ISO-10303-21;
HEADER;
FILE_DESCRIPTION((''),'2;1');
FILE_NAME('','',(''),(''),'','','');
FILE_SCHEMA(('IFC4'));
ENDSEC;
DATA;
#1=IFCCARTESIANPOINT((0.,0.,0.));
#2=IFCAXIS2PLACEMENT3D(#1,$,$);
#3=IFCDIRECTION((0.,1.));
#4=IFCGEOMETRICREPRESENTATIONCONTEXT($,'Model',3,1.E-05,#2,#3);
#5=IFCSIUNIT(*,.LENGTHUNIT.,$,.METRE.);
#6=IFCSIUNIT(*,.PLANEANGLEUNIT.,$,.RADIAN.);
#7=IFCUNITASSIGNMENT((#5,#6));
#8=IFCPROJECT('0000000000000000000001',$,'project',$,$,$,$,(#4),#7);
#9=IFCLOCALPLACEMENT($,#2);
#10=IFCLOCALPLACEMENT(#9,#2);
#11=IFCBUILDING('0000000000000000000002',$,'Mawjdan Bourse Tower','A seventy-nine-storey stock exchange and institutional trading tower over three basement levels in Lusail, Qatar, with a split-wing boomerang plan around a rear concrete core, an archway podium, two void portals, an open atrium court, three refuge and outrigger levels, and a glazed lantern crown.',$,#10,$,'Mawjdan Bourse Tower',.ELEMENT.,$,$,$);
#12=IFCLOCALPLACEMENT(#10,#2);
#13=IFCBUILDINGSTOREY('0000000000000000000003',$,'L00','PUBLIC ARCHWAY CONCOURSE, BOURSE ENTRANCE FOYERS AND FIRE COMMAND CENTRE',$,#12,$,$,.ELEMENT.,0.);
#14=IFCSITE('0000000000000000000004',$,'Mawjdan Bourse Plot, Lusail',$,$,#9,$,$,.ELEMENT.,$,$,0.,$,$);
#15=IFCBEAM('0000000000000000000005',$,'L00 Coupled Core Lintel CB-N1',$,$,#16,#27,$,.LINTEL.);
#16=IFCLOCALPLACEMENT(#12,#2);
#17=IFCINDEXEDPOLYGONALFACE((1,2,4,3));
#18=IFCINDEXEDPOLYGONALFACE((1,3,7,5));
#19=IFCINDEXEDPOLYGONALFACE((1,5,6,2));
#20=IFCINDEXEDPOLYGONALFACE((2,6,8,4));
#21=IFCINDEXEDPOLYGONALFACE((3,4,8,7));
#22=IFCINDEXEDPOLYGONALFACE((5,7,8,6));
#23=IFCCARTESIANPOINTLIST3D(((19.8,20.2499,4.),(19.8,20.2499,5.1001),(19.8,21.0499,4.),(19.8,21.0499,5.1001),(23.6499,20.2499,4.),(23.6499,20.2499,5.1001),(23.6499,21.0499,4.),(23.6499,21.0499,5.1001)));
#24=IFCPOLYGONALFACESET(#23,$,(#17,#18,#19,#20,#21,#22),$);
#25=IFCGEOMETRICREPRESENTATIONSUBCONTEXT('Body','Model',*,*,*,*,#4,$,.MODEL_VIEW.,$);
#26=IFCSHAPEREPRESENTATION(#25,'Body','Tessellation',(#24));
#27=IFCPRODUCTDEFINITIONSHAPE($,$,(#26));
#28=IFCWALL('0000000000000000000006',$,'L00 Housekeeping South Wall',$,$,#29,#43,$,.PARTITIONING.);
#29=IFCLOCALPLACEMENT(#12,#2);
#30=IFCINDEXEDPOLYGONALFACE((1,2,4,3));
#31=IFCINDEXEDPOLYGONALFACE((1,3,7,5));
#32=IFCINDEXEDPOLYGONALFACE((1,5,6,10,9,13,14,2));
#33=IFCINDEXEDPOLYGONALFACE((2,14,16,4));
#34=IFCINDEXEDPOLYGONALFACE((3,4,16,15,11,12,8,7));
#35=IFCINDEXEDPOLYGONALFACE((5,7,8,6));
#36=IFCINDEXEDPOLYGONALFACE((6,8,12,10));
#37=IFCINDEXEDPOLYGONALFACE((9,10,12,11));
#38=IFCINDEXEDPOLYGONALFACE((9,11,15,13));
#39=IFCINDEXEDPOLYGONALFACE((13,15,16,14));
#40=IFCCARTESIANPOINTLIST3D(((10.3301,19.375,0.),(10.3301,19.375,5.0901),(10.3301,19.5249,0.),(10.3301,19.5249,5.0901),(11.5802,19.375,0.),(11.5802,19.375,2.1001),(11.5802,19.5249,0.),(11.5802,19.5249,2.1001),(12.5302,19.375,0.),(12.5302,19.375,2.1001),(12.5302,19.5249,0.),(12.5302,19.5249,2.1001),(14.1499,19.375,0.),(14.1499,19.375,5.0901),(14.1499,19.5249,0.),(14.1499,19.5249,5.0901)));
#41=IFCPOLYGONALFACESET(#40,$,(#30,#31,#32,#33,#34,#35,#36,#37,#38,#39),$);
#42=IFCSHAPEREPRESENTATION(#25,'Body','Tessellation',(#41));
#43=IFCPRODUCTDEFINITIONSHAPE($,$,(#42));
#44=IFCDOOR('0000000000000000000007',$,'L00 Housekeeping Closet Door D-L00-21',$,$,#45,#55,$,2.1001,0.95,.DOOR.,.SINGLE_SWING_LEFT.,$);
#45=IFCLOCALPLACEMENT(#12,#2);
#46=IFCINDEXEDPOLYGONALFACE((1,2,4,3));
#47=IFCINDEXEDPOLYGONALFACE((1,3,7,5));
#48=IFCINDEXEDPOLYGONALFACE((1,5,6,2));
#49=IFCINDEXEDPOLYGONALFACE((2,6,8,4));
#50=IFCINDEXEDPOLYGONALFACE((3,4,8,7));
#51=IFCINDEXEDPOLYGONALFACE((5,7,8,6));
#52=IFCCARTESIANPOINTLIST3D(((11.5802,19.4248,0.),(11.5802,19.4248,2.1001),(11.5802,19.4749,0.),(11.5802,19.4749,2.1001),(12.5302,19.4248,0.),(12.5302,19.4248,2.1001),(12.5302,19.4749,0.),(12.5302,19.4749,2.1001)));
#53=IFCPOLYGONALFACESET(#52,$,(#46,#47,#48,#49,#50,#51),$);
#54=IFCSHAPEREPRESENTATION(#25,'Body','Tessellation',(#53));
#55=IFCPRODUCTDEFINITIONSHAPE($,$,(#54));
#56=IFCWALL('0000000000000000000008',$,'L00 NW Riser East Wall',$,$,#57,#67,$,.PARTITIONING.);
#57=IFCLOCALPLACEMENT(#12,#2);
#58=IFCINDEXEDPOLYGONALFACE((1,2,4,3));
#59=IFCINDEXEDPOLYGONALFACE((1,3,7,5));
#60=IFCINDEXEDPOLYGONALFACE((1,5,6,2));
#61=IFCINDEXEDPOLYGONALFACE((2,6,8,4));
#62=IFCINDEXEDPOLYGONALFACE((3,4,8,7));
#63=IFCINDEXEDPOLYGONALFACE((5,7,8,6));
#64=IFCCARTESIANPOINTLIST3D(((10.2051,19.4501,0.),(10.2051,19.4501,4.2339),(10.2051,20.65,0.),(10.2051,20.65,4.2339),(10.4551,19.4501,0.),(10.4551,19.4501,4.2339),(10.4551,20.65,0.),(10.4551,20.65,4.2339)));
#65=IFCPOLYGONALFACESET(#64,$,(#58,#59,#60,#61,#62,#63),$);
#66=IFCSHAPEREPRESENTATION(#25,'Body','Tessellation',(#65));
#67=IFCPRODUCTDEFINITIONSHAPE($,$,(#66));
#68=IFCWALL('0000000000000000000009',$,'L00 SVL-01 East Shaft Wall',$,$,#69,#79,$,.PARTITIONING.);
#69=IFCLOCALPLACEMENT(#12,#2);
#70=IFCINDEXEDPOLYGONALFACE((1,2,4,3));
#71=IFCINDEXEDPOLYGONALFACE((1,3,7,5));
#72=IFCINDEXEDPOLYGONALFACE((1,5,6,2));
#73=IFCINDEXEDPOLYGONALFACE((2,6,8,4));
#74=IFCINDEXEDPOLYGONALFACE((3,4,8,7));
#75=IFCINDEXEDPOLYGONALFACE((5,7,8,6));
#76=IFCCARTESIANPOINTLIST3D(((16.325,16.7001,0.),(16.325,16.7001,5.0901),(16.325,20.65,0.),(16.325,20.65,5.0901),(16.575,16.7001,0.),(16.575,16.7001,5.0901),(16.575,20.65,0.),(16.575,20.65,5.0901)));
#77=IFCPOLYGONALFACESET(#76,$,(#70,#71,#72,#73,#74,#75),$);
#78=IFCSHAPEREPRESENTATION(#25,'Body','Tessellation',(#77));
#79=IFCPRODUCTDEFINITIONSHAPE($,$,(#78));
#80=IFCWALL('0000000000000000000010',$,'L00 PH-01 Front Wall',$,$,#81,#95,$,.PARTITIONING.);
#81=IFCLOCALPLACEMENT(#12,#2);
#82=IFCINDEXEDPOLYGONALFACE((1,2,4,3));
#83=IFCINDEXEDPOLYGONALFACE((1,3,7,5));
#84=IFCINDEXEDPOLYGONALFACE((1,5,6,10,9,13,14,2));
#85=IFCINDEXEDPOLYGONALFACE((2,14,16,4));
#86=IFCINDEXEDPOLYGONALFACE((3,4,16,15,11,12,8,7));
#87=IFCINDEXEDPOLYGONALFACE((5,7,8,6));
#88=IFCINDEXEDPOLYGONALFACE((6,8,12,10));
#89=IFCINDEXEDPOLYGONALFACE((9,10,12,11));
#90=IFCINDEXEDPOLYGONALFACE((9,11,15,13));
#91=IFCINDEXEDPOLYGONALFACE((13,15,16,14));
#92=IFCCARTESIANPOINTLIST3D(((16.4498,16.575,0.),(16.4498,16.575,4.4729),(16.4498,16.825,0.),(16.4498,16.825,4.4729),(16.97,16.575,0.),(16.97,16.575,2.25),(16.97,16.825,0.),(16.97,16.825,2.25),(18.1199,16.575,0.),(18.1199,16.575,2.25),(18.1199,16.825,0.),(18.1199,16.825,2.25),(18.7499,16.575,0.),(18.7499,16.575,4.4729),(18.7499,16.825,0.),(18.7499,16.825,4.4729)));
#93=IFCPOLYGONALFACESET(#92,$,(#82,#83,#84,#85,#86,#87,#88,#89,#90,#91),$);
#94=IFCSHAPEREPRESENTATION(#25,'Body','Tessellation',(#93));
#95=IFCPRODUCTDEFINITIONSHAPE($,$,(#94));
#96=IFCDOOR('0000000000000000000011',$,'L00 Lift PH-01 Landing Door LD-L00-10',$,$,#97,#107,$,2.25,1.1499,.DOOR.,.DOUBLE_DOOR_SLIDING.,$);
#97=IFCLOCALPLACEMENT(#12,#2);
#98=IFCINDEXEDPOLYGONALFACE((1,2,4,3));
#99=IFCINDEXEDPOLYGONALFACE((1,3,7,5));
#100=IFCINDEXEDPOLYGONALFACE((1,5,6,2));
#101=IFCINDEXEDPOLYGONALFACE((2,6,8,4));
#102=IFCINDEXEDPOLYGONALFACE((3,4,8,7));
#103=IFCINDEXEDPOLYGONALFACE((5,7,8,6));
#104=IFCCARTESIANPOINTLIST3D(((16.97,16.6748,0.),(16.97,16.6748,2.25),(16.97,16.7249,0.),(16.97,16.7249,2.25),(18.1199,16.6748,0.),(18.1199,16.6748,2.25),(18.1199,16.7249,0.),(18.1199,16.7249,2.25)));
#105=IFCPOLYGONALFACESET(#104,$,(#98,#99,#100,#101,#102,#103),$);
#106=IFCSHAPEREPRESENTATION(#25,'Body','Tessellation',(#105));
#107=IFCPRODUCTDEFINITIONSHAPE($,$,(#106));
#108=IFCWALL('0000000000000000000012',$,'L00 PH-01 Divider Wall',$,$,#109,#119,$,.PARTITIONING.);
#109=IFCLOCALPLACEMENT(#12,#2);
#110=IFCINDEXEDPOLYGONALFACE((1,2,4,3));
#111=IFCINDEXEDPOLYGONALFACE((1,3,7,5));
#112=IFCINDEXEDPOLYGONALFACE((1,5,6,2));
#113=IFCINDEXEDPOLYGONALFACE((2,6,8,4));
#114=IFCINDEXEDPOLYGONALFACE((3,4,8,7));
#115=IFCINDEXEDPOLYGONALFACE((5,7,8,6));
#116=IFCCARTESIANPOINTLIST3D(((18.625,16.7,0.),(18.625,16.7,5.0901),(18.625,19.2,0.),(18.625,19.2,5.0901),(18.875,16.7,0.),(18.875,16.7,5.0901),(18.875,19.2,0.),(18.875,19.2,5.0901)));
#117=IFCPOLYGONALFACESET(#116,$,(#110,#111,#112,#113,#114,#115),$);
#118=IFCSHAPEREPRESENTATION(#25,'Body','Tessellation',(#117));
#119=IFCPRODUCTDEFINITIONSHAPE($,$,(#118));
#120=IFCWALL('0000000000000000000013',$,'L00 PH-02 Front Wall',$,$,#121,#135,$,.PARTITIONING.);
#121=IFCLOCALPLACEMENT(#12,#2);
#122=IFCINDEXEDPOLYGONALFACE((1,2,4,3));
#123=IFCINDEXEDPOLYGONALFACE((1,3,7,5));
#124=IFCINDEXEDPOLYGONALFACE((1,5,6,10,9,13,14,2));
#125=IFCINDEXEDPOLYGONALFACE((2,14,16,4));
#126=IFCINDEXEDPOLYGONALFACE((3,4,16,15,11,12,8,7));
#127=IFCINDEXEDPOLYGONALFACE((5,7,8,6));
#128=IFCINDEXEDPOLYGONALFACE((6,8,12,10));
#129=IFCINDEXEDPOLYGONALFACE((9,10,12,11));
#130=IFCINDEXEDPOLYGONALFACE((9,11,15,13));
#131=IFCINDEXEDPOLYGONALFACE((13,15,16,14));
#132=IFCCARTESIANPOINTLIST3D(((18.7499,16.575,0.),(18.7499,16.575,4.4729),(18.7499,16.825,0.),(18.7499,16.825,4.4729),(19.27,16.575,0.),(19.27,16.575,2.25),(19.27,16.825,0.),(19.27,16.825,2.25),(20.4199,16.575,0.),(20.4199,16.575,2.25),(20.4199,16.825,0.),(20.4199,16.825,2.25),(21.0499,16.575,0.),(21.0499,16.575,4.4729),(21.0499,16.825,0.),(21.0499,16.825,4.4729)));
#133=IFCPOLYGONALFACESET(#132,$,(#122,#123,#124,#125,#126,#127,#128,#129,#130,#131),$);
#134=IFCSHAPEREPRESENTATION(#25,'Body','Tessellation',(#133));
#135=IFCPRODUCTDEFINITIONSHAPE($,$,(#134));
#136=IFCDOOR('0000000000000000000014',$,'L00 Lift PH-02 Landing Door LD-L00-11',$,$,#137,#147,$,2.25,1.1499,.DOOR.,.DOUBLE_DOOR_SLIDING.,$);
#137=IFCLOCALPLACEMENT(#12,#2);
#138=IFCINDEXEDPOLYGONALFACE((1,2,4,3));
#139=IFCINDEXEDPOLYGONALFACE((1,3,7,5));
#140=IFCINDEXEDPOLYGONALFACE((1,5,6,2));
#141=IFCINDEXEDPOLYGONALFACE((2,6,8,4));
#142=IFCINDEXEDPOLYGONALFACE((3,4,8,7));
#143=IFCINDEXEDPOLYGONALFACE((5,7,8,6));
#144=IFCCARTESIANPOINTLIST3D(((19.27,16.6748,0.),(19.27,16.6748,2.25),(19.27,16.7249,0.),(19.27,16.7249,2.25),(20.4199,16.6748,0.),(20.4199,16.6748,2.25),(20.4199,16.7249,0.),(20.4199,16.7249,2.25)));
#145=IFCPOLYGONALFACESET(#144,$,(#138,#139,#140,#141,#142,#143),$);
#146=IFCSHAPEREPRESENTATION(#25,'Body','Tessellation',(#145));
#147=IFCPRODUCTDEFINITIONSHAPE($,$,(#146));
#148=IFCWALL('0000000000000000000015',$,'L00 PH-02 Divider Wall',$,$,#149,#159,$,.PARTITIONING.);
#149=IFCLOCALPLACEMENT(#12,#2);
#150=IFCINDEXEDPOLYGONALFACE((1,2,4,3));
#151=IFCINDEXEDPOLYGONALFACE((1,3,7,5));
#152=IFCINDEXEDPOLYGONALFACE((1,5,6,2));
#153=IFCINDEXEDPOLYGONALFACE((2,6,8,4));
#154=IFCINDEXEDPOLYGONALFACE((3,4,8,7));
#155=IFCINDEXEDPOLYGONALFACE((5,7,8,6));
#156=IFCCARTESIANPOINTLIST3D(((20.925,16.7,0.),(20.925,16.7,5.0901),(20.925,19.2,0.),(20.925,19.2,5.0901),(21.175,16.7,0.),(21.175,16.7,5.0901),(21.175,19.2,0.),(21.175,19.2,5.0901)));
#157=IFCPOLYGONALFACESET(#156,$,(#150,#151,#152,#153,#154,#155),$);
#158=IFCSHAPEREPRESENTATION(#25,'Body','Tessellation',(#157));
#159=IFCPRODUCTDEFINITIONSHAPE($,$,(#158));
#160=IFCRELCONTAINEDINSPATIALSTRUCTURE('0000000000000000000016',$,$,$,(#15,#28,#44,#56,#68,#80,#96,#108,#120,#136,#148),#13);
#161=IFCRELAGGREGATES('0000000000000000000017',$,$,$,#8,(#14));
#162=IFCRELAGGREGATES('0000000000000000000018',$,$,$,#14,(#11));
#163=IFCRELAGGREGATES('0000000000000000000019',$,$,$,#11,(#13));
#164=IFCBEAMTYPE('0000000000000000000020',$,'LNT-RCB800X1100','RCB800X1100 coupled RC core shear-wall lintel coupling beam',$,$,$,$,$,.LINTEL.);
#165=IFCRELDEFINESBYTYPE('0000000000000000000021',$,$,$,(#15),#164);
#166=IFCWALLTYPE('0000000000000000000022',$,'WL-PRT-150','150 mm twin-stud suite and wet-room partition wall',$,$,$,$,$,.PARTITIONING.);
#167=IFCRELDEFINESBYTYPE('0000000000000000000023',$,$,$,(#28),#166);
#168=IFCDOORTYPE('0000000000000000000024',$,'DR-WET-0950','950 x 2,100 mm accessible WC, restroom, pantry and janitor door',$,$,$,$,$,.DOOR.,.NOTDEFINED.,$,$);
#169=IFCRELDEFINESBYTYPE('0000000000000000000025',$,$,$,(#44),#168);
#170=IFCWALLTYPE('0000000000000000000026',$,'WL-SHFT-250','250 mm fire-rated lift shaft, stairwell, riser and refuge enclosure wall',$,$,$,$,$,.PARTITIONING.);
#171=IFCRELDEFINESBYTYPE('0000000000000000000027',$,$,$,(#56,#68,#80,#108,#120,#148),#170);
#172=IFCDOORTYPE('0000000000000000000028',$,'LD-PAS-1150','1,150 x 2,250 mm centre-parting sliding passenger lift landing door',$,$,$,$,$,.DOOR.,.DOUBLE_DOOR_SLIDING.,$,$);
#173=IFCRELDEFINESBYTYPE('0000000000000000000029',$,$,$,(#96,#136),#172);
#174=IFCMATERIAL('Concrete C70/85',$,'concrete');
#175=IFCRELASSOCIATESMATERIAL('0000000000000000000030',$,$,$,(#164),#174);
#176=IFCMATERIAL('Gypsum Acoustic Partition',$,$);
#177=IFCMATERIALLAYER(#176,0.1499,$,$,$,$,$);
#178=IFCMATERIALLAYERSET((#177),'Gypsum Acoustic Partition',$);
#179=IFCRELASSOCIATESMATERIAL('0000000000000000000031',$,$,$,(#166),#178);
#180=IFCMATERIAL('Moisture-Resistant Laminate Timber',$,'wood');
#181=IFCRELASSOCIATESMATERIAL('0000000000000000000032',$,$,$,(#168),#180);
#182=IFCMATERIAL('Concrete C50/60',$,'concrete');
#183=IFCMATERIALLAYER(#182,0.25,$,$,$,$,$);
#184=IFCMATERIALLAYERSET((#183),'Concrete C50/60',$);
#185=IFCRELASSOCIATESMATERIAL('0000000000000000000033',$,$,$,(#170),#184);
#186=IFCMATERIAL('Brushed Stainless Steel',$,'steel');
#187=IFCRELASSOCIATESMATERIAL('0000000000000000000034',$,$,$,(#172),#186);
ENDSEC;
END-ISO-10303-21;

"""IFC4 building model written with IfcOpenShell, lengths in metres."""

from ifc_helpers import new_model, si_unit, direction, frame, frame_2d, origin, origin_2d, place, context, subcontext, project, spatial, rectangle, extrude, material, layer, layer_set, material_profile, profile_set, type_object, element, fill, save


model = new_model("IFC4")

# Units and contexts
model_context = context("Model", 3, precision=1e-05, world=origin(), true_north=direction((0.0, 1.0)))
body_context = subcontext(model_context, "Body", "Model", "MODEL_VIEW")
ifc_project = project(units=[si_unit("LENGTHUNIT", "METRE"), si_unit("PLANEANGLEUNIT", "RADIAN")], contexts=[model_context])

# Site, building, storey
site_placement = place(None, origin())
site = spatial("IfcSite", under=ifc_project, at=site_placement, Name="Mawjdan Bourse Plot, Lusail", CompositionType="ELEMENT", RefElevation=0.0)
building_placement = place(site_placement, origin())
building = spatial("IfcBuilding", under=site, at=building_placement, Name="Mawjdan Bourse Tower", Description="A seventy-nine-storey stock exchange and institutional trading tower over three basement levels in Lusail, Qatar, with a split-wing boomerang plan around a rear concrete core, an archway podium, two void portals, an open atrium court, three refuge and outrigger levels, and a glazed lantern crown.", LongName="Mawjdan Bourse Tower", CompositionType="ELEMENT")
storey_placement = place(building_placement, origin())
storey = spatial("IfcBuildingStorey", under=building, at=storey_placement, Name="L00", Description="PUBLIC ARCHWAY CONCOURSE, BOURSE ENTRANCE FOYERS AND FIRE COMMAND CENTRE", CompositionType="ELEMENT", Elevation=0.0)

# Beam
ifc_material_1 = material(Name="Concrete C70/85", Category="concrete")
ifc_material_profile_1 = material_profile(ifc_material_1, rectangle(XDim=0.8, YDim=1.1001, at=origin_2d()), Name="RCB800X1100")
ifc_profile_set_1 = profile_set([ifc_material_profile_1], Name="Concrete C70/85")
beam_type_1 = type_object("IfcBeamType", Name="LNT-RCB800X1100", Description="RCB800X1100 coupled RC core shear-wall lintel coupling beam", PredefinedType="LINTEL", material=ifc_profile_set_1)
beam_1_placement = place(storey_placement, frame((19.8, 20.6499, 4.55), z_axis=(1.0, 0.0, 0.0), x_axis=(0.0, 1.0, 0.0)))
element("IfcBeam", 1, at=beam_1_placement, inside=storey, type_object=beam_type_1, Name="L00 Coupled Core Lintel CB-N1", PredefinedType="LINTEL", context=body_context, shape_type="SweptSolid", body=[
    extrude(rectangle(XDim=0.8, YDim=1.1001, at=origin_2d()), origin(), (0.0, 0.0, 1.0), 3.8499),
])

# Wall, opening, door
ifc_material_2 = material(Name="Gypsum Acoustic Partition")
ifc_layer_1 = layer(ifc_material_2, 0.1499)
ifc_layer_set_1 = layer_set([ifc_layer_1], Name="Gypsum Acoustic Partition")
wall_type_1 = type_object("IfcWallType", Name="WL-PRT-150", Description="150 mm twin-stud suite and wet-room partition wall", PredefinedType="PARTITIONING", material=ifc_layer_set_1)
wall_1_placement = place(storey_placement, frame((10.3301, 19.45, 0.0), z_axis=(0.0, 0.0, 1.0), x_axis=(1.0, 0.0, 0.0)))
wall_1 = element("IfcWall", 2, at=wall_1_placement, inside=storey, type_object=wall_type_1, Name="L00 Housekeeping South Wall", PredefinedType="PARTITIONING", context=body_context, shape_type="SweptSolid", body=[
    extrude(rectangle(XDim=3.8198, YDim=0.1499, at=frame_2d((1.9099, 0.0))), origin(), (0.0, 0.0, 1.0), 5.0901),
])
opening_1_placement = place(wall_1_placement, frame((1.25, 0.0, 0.0)))
opening_1 = element("IfcOpeningElement", 3, at=opening_1_placement, cuts=wall_1, PredefinedType="OPENING", context=body_context, shape_type="SweptSolid", body=[
    extrude(rectangle(XDim=0.95, YDim=2.1001, at=frame_2d((0.4751, 1.05))), frame((0.0, 0.085, 0.0), z_axis=(0.0, -1.0, 0.0), x_axis=(1.0, 0.0, 0.0)), (0.0, 0.0, 1.0), 0.1699),
])
ifc_material_3 = material(Name="Moisture-Resistant Laminate Timber", Category="wood")
door_type_1 = type_object("IfcDoorType", Name="DR-WET-0950", Description="950 x 2,100 mm accessible WC, restroom, pantry and janitor door", OperationType="NOTDEFINED", PredefinedType="DOOR", material=ifc_material_3)
door_1_placement = place(opening_1_placement, origin())
door_1 = element("IfcDoor", 4, at=door_1_placement, inside=storey, type_object=door_type_1, Name="L00 Housekeeping Closet Door D-L00-21", OperationType="SINGLE_SWING_LEFT", OverallHeight=2.1001, OverallWidth=0.95, PredefinedType="DOOR", context=body_context, shape_type="SweptSolid", body=[
    extrude(rectangle(XDim=0.95, YDim=2.1001, at=frame_2d((0.4751, 1.05))), frame((0.0, 0.0249, 0.0), z_axis=(0.0, -1.0, 0.0), x_axis=(1.0, 0.0, 0.0)), (0.0, 0.0, 1.0), 0.05),
])
fill(opening_1, door_1)

# Walls
ifc_material_4 = material(Name="Concrete C50/60", Category="concrete")
ifc_layer_2 = layer(ifc_material_4, 0.25)
ifc_layer_set_2 = layer_set([ifc_layer_2], Name="Concrete C50/60")
wall_type_2 = type_object("IfcWallType", Name="WL-SHFT-250", Description="250 mm fire-rated lift shaft, stairwell, riser and refuge enclosure wall", PredefinedType="PARTITIONING", material=ifc_layer_set_2)
wall_2_placement = place(storey_placement, frame((10.3301, 19.45, 0.0), z_axis=(0.0, 0.0, 1.0), x_axis=(0.0, 1.0, 0.0)))
element("IfcWall", 5, at=wall_2_placement, inside=storey, type_object=wall_type_2, Name="L00 NW Riser East Wall", PredefinedType="PARTITIONING", context=body_context, shape_type="SweptSolid", body=[
    extrude(rectangle(XDim=1.2, YDim=0.25, at=frame_2d((0.6001, 0.0))), origin(), (0.0, 0.0, 1.0), 4.2339),
])
wall_3_placement = place(storey_placement, frame((16.45, 16.7, 0.0), z_axis=(0.0, 0.0, 1.0), x_axis=(0.0, 1.0, 0.0)))
element("IfcWall", 6, at=wall_3_placement, inside=storey, type_object=wall_type_2, Name="L00 SVL-01 East Shaft Wall", PredefinedType="PARTITIONING", context=body_context, shape_type="SweptSolid", body=[
    extrude(rectangle(XDim=3.95, YDim=0.25, at=frame_2d((1.9751, 0.0))), origin(), (0.0, 0.0, 1.0), 5.0901),
])

# Wall, opening, door
wall_4_placement = place(storey_placement, frame((16.45, 16.7, 0.0), z_axis=(0.0, 0.0, 1.0), x_axis=(1.0, 0.0, 0.0)))
wall_4 = element("IfcWall", 7, at=wall_4_placement, inside=storey, type_object=wall_type_2, Name="L00 PH-01 Front Wall", PredefinedType="PARTITIONING", context=body_context, shape_type="SweptSolid", body=[
    extrude(rectangle(XDim=2.3, YDim=0.25, at=frame_2d((1.1499, 0.0))), origin(), (0.0, 0.0, 1.0), 4.4729),
])
opening_2_placement = place(wall_4_placement, frame((0.52, 0.0, 0.0)))
opening_2 = element("IfcOpeningElement", 8, at=opening_2_placement, cuts=wall_4, PredefinedType="OPENING", context=body_context, shape_type="SweptSolid", body=[
    extrude(rectangle(XDim=1.1499, YDim=2.25, at=frame_2d((0.575, 1.125))), frame((0.0, 0.135, 0.0), z_axis=(0.0, -1.0, 0.0), x_axis=(1.0, 0.0, 0.0)), (0.0, 0.0, 1.0), 0.27),
])
ifc_material_5 = material(Name="Brushed Stainless Steel", Category="steel")
door_type_2 = type_object("IfcDoorType", Name="LD-PAS-1150", Description="1,150 x 2,250 mm centre-parting sliding passenger lift landing door", OperationType="DOUBLE_DOOR_SLIDING", PredefinedType="DOOR", material=ifc_material_5)
door_2_placement = place(opening_2_placement, origin())
door_2 = element("IfcDoor", 9, at=door_2_placement, inside=storey, type_object=door_type_2, Name="L00 Lift PH-01 Landing Door LD-L00-10", OperationType="DOUBLE_DOOR_SLIDING", OverallHeight=2.25, OverallWidth=1.1499, PredefinedType="DOOR", context=body_context, shape_type="SweptSolid", body=[
    extrude(rectangle(XDim=1.1499, YDim=2.25, at=frame_2d((0.575, 1.125))), frame((0.0, 0.0249, 0.0), z_axis=(0.0, -1.0, 0.0), x_axis=(1.0, 0.0, 0.0)), (0.0, 0.0, 1.0), 0.05),
])
fill(opening_2, door_2)

# Wall
wall_5_placement = place(storey_placement, frame((18.75, 16.7, 0.0), z_axis=(0.0, 0.0, 1.0), x_axis=(0.0, 1.0, 0.0)))
element("IfcWall", 10, at=wall_5_placement, inside=storey, type_object=wall_type_2, Name="L00 PH-01 Divider Wall", PredefinedType="PARTITIONING", context=body_context, shape_type="SweptSolid", body=[
    extrude(rectangle(XDim=2.5, YDim=0.25, at=frame_2d((1.25, 0.0))), origin(), (0.0, 0.0, 1.0), 5.0901),
])

# Wall, opening, door
wall_6_placement = place(storey_placement, frame((18.75, 16.7, 0.0), z_axis=(0.0, 0.0, 1.0), x_axis=(1.0, 0.0, 0.0)))
wall_6 = element("IfcWall", 11, at=wall_6_placement, inside=storey, type_object=wall_type_2, Name="L00 PH-02 Front Wall", PredefinedType="PARTITIONING", context=body_context, shape_type="SweptSolid", body=[
    extrude(rectangle(XDim=2.3, YDim=0.25, at=frame_2d((1.1499, 0.0))), origin(), (0.0, 0.0, 1.0), 4.4729),
])
opening_3_placement = place(wall_6_placement, frame((0.52, 0.0, 0.0)))
opening_3 = element("IfcOpeningElement", 12, at=opening_3_placement, cuts=wall_6, PredefinedType="OPENING", context=body_context, shape_type="SweptSolid", body=[
    extrude(rectangle(XDim=1.1499, YDim=2.25, at=frame_2d((0.575, 1.125))), frame((0.0, 0.135, 0.0), z_axis=(0.0, -1.0, 0.0), x_axis=(1.0, 0.0, 0.0)), (0.0, 0.0, 1.0), 0.27),
])
door_3_placement = place(opening_3_placement, origin())
door_3 = element("IfcDoor", 13, at=door_3_placement, inside=storey, type_object=door_type_2, Name="L00 Lift PH-02 Landing Door LD-L00-11", OperationType="DOUBLE_DOOR_SLIDING", OverallHeight=2.25, OverallWidth=1.1499, PredefinedType="DOOR", context=body_context, shape_type="SweptSolid", body=[
    extrude(rectangle(XDim=1.1499, YDim=2.25, at=frame_2d((0.575, 1.125))), frame((0.0, 0.0249, 0.0), z_axis=(0.0, -1.0, 0.0), x_axis=(1.0, 0.0, 0.0)), (0.0, 0.0, 1.0), 0.05),
])
fill(opening_3, door_3)

# Wall
wall_7_placement = place(storey_placement, frame((21.05, 16.7, 0.0), z_axis=(0.0, 0.0, 1.0), x_axis=(0.0, 1.0, 0.0)))
element("IfcWall", 14, at=wall_7_placement, inside=storey, type_object=wall_type_2, Name="L00 PH-02 Divider Wall", PredefinedType="PARTITIONING", context=body_context, shape_type="SweptSolid", body=[
    extrude(rectangle(XDim=2.5, YDim=0.25, at=frame_2d((1.25, 0.0))), origin(), (0.0, 0.0, 1.0), 5.0901),
])

save(model, "model.ifc")
